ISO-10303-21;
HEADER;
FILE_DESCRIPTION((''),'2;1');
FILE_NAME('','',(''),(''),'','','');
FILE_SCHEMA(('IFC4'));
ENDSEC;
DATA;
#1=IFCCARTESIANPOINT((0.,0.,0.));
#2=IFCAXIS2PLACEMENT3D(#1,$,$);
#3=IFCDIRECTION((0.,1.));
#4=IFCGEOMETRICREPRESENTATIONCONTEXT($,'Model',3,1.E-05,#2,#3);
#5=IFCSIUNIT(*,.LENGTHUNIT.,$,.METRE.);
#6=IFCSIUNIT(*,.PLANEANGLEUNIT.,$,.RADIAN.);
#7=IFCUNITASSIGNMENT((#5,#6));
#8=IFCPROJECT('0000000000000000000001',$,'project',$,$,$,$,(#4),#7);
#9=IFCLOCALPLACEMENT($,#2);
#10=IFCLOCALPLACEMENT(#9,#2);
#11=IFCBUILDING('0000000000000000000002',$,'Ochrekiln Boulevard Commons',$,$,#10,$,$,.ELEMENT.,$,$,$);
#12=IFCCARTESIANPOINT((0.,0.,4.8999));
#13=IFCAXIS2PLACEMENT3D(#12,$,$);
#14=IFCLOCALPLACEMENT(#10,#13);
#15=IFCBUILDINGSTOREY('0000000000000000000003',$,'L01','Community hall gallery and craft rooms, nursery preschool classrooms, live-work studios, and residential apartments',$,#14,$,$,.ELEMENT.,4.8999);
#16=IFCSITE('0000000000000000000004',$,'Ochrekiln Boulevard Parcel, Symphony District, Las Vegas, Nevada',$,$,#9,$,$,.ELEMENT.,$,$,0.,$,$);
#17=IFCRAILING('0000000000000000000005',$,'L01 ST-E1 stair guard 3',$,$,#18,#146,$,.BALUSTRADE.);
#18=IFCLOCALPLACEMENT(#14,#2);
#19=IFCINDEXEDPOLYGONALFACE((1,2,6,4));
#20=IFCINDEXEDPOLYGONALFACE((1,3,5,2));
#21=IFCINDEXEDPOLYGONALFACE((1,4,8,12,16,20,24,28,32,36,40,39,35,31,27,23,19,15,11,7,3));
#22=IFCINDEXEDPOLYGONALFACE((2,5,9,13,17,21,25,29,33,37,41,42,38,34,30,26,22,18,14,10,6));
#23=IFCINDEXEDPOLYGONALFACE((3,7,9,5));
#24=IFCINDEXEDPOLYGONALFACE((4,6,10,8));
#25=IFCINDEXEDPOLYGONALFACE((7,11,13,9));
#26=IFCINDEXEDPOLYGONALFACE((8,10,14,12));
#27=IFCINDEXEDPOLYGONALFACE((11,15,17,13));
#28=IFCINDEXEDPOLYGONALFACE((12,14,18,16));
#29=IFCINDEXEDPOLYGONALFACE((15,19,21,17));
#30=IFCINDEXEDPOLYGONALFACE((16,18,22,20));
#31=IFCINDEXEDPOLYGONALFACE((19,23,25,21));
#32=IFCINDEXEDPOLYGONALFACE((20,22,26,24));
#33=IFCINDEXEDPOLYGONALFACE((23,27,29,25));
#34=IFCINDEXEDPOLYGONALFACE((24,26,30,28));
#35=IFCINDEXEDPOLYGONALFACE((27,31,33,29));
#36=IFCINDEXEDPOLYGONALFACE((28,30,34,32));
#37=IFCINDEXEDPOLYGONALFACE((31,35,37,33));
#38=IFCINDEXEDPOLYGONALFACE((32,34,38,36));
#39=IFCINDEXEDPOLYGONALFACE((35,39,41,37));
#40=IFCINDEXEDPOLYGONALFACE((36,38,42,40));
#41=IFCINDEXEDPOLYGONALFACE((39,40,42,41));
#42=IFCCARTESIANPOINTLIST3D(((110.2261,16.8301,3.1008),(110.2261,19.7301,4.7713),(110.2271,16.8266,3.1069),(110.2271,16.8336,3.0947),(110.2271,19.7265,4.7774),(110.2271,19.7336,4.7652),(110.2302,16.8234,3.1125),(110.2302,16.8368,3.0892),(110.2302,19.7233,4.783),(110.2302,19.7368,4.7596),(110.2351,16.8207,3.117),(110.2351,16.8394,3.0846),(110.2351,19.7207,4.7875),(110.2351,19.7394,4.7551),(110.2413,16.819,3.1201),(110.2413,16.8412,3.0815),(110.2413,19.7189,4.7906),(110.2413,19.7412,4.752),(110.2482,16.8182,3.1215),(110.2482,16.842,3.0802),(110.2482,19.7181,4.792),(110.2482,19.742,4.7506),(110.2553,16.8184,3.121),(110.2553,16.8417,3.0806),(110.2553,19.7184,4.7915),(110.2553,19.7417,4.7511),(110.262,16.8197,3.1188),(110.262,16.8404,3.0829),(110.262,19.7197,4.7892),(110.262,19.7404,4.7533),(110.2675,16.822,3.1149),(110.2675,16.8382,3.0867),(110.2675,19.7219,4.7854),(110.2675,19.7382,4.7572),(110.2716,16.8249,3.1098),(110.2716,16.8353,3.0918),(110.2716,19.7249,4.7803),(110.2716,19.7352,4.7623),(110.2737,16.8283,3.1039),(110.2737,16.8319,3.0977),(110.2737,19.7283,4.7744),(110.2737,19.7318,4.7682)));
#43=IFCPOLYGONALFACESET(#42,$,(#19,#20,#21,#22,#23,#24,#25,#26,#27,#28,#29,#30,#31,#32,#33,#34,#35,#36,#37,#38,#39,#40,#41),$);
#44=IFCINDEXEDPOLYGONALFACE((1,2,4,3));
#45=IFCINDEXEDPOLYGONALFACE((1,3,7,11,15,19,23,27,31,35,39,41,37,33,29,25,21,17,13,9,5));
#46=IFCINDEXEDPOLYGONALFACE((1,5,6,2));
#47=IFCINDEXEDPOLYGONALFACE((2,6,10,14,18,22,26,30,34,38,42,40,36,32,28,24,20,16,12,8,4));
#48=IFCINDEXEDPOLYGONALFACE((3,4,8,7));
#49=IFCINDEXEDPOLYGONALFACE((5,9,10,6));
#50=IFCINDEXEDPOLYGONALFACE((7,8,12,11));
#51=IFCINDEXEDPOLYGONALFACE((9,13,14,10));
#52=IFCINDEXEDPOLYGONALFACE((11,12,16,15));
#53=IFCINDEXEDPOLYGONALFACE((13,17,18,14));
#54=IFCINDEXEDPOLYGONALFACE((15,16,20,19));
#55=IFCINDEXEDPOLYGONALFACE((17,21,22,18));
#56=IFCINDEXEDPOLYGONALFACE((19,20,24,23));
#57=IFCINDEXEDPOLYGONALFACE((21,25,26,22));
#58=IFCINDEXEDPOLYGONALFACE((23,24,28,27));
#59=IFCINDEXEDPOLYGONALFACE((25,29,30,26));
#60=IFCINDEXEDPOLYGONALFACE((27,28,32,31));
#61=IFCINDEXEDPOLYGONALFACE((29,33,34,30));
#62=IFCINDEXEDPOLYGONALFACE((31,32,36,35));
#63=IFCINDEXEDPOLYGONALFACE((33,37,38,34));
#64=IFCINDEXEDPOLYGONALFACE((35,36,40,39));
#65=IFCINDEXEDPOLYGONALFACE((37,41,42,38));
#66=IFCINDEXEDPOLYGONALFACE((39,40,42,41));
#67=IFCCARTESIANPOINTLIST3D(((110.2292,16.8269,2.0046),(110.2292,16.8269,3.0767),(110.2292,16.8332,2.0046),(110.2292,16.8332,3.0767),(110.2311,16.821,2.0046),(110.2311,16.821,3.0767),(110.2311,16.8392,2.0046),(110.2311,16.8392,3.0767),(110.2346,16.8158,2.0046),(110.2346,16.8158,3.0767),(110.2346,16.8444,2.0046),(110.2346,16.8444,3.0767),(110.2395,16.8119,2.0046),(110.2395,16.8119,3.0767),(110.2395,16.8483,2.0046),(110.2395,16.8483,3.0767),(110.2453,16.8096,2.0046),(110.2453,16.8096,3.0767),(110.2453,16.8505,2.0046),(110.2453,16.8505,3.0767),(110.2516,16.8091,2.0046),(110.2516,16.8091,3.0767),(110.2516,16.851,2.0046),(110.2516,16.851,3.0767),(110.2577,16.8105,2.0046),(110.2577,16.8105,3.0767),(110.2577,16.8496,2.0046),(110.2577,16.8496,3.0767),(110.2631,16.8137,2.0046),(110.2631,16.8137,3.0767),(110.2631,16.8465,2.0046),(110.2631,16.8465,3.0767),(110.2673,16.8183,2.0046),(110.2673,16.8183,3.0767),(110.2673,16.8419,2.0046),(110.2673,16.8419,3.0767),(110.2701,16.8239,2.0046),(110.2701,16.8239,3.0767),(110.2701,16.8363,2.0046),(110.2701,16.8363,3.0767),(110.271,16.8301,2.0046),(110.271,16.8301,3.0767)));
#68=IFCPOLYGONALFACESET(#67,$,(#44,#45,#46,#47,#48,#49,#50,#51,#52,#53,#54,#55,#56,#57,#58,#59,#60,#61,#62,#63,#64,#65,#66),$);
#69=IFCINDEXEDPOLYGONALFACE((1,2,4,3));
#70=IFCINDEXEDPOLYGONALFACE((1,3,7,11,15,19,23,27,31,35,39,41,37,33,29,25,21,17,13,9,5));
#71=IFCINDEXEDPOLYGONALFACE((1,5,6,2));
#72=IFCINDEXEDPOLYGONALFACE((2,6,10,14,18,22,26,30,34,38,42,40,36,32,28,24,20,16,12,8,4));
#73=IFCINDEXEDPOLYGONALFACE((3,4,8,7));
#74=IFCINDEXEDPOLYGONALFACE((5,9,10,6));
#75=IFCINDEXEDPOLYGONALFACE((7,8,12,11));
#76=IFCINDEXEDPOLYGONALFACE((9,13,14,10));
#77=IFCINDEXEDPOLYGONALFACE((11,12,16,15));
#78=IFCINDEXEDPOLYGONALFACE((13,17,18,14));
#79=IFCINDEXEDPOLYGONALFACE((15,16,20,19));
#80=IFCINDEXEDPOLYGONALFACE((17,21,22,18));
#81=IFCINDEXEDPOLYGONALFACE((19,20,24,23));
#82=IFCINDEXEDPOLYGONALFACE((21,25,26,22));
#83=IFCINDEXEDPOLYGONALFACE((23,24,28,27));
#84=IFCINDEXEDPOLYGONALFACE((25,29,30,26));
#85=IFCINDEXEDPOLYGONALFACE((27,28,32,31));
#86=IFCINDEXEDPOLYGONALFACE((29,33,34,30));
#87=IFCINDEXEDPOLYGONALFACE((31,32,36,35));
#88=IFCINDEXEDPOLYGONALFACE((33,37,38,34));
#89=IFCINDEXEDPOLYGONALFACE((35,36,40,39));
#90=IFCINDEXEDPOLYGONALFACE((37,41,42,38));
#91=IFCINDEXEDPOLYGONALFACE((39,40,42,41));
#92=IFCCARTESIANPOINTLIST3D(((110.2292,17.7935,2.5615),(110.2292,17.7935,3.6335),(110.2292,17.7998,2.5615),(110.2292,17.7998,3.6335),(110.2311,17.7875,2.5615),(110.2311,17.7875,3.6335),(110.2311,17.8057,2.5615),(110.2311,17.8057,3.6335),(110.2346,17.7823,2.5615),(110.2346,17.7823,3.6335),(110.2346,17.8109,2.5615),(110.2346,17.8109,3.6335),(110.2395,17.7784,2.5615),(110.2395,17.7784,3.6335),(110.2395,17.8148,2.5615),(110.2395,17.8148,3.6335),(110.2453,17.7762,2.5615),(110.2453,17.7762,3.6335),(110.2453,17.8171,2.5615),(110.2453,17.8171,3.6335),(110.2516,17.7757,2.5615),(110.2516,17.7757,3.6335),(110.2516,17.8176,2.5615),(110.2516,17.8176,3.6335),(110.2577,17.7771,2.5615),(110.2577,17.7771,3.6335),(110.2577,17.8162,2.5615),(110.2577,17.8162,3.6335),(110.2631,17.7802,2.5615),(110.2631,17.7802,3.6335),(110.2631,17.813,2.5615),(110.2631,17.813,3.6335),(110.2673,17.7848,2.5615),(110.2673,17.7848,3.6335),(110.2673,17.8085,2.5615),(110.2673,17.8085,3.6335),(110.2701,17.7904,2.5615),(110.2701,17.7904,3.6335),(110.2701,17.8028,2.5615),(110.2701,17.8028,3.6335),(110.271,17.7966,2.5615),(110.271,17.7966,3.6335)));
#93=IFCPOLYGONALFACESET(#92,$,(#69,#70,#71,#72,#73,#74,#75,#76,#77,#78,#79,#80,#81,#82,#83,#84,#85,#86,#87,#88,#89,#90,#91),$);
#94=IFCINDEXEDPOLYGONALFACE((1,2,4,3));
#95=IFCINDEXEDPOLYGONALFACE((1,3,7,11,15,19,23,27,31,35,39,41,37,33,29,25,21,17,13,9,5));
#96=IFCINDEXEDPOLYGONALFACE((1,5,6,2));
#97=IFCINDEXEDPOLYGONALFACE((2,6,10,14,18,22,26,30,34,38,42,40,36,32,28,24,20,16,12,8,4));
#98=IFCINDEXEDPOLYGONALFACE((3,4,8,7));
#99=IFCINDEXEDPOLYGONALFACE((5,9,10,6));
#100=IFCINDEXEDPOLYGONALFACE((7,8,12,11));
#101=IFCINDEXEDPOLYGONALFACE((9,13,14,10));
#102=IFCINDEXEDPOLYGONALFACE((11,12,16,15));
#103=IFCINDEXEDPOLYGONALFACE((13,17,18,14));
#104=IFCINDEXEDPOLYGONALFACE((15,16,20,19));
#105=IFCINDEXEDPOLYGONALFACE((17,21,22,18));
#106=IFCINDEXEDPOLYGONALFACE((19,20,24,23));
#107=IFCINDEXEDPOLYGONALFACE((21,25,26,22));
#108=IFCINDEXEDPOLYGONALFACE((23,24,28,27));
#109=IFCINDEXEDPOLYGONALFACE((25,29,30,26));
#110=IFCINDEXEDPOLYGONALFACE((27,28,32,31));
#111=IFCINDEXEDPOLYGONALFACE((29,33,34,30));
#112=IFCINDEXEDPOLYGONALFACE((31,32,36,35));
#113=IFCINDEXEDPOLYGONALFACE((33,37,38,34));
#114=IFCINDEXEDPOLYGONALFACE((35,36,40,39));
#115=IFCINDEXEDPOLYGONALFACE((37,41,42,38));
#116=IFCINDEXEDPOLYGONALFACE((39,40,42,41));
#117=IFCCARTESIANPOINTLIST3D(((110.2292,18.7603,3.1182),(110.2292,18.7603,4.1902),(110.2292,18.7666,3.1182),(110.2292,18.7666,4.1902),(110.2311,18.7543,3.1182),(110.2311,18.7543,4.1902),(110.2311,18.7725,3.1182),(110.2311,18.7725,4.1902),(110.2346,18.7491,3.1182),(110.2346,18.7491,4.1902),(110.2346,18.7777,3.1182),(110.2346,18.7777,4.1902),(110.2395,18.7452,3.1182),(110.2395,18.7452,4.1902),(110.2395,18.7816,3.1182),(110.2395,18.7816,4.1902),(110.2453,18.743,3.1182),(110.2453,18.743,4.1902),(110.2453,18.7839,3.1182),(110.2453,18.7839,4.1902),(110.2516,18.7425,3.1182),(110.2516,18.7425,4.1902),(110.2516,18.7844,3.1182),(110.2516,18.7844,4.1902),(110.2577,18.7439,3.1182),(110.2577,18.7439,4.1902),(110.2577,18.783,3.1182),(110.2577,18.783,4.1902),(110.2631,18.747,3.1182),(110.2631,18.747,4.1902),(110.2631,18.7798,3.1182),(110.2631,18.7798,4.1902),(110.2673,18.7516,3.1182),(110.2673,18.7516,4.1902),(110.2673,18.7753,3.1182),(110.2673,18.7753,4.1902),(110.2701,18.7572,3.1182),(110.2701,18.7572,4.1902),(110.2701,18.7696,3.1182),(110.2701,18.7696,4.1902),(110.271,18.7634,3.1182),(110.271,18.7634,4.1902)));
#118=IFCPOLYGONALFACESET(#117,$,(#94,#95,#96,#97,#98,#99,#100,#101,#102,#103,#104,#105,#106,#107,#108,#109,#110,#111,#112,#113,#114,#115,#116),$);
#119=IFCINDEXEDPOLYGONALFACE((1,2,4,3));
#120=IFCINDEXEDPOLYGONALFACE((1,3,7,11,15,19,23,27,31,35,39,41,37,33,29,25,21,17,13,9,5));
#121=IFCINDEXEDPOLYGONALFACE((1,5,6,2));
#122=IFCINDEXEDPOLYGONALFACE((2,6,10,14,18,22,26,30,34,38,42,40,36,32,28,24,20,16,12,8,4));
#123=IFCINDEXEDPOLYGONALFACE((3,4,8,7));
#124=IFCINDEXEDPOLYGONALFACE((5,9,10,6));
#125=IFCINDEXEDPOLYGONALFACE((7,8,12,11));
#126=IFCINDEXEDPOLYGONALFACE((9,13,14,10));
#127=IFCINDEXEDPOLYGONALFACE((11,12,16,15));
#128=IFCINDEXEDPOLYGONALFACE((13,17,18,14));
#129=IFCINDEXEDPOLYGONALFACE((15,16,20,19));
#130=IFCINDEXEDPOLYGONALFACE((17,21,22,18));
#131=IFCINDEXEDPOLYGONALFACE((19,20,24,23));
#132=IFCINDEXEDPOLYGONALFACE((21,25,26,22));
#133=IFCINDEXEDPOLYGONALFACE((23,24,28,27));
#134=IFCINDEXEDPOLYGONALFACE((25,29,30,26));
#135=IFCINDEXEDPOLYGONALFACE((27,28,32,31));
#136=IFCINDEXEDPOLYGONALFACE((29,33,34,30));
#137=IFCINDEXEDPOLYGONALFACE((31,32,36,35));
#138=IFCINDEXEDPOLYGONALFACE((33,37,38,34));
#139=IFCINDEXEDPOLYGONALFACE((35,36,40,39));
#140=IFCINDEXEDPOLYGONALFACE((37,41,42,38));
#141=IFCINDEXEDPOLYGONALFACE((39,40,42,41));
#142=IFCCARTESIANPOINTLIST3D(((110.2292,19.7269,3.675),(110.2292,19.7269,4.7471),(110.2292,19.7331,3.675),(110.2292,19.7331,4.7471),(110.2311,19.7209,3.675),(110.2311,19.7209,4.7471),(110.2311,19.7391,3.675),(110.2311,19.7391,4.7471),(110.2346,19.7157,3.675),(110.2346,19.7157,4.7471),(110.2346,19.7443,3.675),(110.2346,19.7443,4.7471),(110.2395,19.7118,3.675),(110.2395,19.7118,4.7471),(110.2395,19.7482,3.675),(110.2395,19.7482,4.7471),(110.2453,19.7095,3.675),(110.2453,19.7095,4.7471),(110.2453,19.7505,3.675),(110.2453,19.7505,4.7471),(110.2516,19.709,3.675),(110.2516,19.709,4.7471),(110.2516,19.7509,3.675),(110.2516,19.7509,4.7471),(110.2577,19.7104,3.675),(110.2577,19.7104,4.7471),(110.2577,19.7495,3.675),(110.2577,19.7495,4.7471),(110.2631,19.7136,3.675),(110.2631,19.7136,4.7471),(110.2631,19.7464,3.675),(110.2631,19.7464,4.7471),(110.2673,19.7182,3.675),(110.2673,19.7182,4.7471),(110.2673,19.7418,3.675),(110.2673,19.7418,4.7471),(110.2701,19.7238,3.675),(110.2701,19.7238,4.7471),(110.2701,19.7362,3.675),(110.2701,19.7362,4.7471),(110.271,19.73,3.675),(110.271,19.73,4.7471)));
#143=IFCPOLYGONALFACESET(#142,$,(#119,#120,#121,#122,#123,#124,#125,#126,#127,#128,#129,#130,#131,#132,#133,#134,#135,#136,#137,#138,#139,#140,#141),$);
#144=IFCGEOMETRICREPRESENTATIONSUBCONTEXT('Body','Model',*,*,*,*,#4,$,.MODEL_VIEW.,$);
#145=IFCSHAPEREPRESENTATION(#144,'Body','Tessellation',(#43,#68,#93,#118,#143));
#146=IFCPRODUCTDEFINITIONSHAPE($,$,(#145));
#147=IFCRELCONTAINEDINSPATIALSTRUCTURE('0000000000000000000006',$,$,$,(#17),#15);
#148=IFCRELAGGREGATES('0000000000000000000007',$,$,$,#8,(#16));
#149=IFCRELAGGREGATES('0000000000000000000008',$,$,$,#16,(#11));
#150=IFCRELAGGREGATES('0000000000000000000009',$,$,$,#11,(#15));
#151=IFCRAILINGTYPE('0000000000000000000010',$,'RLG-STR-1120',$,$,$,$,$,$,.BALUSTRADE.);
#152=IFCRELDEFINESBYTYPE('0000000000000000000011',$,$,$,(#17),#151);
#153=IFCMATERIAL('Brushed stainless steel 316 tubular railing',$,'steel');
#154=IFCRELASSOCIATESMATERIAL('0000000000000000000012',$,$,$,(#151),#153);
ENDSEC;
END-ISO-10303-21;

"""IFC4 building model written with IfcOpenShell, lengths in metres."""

from ifc_helpers import new_model, si_unit, direction, frame, origin, origin_2d, place, context, subcontext, project, spatial, circle, extrude, material, type_object, element, save


model = new_model("IFC4")

# Units and contexts
model_context = context("Model", 3, precision=1e-05, world=origin(), true_north=direction((0.0, 1.0)))
body_context = subcontext(model_context, "Body", "Model", "MODEL_VIEW")
ifc_project = project(units=[si_unit("LENGTHUNIT", "METRE"), si_unit("PLANEANGLEUNIT", "RADIAN")], contexts=[model_context])

# Site, building, storey
site_placement = place(None, origin())
site = spatial("IfcSite", under=ifc_project, at=site_placement, Name="Ochrekiln Boulevard Parcel, Symphony District, Las Vegas, Nevada", CompositionType="ELEMENT", RefElevation=0.0)
building_placement = place(site_placement, origin())
building = spatial("IfcBuilding", under=site, at=building_placement, Name="Ochrekiln Boulevard Commons", CompositionType="ELEMENT")
storey_placement = place(building_placement, frame((0.0, 0.0, 4.8999)))
storey = spatial("IfcBuildingStorey", under=building, at=storey_placement, Name="L01", Description="Community hall gallery and craft rooms, nursery preschool classrooms, live-work studios, and residential apartments", CompositionType="ELEMENT", Elevation=4.8999)

# Railing
ifc_material_1 = material(Name="Brushed stainless steel 316 tubular railing", Category="steel")
railing_type_1 = type_object("IfcRailingType", Name="RLG-STR-1120", PredefinedType="BALUSTRADE", material=ifc_material_1)
railing_1_placement = place(storey_placement, frame((110.25, 16.8301, 2.0046)))
element("IfcRailing", 1, at=railing_1_placement, inside=storey, type_object=railing_type_1, Name="L01 ST-E1 stair guard 3", PredefinedType="BALUSTRADE", context=body_context, shape_type="SweptSolid", body=[
    extrude(circle(Radius=0.0239, at=origin_2d()), frame((0.0, 0.0, 1.0962), z_axis=(0.0, 0.866523, 0.499137), x_axis=(-1.0, 0.0, 0.0)), (0.0, 0.0, 1.0), 3.3467),
    extrude(circle(Radius=0.021, at=origin_2d()), origin(), (0.0, 0.0, 1.0), 1.072),
    extrude(circle(Radius=0.021, at=origin_2d()), frame((0.0, 0.9666, 0.5569)), (0.0, 0.0, 1.0), 1.072),
    extrude(circle(Radius=0.021, at=origin_2d()), frame((0.0, 1.9333, 1.1135)), (0.0, 0.0, 1.0), 1.072),
    extrude(circle(Radius=0.021, at=origin_2d()), frame((0.0, 2.8999, 1.6704)), (0.0, 0.0, 1.0), 1.072),
])

save(model, "model.ifc")
